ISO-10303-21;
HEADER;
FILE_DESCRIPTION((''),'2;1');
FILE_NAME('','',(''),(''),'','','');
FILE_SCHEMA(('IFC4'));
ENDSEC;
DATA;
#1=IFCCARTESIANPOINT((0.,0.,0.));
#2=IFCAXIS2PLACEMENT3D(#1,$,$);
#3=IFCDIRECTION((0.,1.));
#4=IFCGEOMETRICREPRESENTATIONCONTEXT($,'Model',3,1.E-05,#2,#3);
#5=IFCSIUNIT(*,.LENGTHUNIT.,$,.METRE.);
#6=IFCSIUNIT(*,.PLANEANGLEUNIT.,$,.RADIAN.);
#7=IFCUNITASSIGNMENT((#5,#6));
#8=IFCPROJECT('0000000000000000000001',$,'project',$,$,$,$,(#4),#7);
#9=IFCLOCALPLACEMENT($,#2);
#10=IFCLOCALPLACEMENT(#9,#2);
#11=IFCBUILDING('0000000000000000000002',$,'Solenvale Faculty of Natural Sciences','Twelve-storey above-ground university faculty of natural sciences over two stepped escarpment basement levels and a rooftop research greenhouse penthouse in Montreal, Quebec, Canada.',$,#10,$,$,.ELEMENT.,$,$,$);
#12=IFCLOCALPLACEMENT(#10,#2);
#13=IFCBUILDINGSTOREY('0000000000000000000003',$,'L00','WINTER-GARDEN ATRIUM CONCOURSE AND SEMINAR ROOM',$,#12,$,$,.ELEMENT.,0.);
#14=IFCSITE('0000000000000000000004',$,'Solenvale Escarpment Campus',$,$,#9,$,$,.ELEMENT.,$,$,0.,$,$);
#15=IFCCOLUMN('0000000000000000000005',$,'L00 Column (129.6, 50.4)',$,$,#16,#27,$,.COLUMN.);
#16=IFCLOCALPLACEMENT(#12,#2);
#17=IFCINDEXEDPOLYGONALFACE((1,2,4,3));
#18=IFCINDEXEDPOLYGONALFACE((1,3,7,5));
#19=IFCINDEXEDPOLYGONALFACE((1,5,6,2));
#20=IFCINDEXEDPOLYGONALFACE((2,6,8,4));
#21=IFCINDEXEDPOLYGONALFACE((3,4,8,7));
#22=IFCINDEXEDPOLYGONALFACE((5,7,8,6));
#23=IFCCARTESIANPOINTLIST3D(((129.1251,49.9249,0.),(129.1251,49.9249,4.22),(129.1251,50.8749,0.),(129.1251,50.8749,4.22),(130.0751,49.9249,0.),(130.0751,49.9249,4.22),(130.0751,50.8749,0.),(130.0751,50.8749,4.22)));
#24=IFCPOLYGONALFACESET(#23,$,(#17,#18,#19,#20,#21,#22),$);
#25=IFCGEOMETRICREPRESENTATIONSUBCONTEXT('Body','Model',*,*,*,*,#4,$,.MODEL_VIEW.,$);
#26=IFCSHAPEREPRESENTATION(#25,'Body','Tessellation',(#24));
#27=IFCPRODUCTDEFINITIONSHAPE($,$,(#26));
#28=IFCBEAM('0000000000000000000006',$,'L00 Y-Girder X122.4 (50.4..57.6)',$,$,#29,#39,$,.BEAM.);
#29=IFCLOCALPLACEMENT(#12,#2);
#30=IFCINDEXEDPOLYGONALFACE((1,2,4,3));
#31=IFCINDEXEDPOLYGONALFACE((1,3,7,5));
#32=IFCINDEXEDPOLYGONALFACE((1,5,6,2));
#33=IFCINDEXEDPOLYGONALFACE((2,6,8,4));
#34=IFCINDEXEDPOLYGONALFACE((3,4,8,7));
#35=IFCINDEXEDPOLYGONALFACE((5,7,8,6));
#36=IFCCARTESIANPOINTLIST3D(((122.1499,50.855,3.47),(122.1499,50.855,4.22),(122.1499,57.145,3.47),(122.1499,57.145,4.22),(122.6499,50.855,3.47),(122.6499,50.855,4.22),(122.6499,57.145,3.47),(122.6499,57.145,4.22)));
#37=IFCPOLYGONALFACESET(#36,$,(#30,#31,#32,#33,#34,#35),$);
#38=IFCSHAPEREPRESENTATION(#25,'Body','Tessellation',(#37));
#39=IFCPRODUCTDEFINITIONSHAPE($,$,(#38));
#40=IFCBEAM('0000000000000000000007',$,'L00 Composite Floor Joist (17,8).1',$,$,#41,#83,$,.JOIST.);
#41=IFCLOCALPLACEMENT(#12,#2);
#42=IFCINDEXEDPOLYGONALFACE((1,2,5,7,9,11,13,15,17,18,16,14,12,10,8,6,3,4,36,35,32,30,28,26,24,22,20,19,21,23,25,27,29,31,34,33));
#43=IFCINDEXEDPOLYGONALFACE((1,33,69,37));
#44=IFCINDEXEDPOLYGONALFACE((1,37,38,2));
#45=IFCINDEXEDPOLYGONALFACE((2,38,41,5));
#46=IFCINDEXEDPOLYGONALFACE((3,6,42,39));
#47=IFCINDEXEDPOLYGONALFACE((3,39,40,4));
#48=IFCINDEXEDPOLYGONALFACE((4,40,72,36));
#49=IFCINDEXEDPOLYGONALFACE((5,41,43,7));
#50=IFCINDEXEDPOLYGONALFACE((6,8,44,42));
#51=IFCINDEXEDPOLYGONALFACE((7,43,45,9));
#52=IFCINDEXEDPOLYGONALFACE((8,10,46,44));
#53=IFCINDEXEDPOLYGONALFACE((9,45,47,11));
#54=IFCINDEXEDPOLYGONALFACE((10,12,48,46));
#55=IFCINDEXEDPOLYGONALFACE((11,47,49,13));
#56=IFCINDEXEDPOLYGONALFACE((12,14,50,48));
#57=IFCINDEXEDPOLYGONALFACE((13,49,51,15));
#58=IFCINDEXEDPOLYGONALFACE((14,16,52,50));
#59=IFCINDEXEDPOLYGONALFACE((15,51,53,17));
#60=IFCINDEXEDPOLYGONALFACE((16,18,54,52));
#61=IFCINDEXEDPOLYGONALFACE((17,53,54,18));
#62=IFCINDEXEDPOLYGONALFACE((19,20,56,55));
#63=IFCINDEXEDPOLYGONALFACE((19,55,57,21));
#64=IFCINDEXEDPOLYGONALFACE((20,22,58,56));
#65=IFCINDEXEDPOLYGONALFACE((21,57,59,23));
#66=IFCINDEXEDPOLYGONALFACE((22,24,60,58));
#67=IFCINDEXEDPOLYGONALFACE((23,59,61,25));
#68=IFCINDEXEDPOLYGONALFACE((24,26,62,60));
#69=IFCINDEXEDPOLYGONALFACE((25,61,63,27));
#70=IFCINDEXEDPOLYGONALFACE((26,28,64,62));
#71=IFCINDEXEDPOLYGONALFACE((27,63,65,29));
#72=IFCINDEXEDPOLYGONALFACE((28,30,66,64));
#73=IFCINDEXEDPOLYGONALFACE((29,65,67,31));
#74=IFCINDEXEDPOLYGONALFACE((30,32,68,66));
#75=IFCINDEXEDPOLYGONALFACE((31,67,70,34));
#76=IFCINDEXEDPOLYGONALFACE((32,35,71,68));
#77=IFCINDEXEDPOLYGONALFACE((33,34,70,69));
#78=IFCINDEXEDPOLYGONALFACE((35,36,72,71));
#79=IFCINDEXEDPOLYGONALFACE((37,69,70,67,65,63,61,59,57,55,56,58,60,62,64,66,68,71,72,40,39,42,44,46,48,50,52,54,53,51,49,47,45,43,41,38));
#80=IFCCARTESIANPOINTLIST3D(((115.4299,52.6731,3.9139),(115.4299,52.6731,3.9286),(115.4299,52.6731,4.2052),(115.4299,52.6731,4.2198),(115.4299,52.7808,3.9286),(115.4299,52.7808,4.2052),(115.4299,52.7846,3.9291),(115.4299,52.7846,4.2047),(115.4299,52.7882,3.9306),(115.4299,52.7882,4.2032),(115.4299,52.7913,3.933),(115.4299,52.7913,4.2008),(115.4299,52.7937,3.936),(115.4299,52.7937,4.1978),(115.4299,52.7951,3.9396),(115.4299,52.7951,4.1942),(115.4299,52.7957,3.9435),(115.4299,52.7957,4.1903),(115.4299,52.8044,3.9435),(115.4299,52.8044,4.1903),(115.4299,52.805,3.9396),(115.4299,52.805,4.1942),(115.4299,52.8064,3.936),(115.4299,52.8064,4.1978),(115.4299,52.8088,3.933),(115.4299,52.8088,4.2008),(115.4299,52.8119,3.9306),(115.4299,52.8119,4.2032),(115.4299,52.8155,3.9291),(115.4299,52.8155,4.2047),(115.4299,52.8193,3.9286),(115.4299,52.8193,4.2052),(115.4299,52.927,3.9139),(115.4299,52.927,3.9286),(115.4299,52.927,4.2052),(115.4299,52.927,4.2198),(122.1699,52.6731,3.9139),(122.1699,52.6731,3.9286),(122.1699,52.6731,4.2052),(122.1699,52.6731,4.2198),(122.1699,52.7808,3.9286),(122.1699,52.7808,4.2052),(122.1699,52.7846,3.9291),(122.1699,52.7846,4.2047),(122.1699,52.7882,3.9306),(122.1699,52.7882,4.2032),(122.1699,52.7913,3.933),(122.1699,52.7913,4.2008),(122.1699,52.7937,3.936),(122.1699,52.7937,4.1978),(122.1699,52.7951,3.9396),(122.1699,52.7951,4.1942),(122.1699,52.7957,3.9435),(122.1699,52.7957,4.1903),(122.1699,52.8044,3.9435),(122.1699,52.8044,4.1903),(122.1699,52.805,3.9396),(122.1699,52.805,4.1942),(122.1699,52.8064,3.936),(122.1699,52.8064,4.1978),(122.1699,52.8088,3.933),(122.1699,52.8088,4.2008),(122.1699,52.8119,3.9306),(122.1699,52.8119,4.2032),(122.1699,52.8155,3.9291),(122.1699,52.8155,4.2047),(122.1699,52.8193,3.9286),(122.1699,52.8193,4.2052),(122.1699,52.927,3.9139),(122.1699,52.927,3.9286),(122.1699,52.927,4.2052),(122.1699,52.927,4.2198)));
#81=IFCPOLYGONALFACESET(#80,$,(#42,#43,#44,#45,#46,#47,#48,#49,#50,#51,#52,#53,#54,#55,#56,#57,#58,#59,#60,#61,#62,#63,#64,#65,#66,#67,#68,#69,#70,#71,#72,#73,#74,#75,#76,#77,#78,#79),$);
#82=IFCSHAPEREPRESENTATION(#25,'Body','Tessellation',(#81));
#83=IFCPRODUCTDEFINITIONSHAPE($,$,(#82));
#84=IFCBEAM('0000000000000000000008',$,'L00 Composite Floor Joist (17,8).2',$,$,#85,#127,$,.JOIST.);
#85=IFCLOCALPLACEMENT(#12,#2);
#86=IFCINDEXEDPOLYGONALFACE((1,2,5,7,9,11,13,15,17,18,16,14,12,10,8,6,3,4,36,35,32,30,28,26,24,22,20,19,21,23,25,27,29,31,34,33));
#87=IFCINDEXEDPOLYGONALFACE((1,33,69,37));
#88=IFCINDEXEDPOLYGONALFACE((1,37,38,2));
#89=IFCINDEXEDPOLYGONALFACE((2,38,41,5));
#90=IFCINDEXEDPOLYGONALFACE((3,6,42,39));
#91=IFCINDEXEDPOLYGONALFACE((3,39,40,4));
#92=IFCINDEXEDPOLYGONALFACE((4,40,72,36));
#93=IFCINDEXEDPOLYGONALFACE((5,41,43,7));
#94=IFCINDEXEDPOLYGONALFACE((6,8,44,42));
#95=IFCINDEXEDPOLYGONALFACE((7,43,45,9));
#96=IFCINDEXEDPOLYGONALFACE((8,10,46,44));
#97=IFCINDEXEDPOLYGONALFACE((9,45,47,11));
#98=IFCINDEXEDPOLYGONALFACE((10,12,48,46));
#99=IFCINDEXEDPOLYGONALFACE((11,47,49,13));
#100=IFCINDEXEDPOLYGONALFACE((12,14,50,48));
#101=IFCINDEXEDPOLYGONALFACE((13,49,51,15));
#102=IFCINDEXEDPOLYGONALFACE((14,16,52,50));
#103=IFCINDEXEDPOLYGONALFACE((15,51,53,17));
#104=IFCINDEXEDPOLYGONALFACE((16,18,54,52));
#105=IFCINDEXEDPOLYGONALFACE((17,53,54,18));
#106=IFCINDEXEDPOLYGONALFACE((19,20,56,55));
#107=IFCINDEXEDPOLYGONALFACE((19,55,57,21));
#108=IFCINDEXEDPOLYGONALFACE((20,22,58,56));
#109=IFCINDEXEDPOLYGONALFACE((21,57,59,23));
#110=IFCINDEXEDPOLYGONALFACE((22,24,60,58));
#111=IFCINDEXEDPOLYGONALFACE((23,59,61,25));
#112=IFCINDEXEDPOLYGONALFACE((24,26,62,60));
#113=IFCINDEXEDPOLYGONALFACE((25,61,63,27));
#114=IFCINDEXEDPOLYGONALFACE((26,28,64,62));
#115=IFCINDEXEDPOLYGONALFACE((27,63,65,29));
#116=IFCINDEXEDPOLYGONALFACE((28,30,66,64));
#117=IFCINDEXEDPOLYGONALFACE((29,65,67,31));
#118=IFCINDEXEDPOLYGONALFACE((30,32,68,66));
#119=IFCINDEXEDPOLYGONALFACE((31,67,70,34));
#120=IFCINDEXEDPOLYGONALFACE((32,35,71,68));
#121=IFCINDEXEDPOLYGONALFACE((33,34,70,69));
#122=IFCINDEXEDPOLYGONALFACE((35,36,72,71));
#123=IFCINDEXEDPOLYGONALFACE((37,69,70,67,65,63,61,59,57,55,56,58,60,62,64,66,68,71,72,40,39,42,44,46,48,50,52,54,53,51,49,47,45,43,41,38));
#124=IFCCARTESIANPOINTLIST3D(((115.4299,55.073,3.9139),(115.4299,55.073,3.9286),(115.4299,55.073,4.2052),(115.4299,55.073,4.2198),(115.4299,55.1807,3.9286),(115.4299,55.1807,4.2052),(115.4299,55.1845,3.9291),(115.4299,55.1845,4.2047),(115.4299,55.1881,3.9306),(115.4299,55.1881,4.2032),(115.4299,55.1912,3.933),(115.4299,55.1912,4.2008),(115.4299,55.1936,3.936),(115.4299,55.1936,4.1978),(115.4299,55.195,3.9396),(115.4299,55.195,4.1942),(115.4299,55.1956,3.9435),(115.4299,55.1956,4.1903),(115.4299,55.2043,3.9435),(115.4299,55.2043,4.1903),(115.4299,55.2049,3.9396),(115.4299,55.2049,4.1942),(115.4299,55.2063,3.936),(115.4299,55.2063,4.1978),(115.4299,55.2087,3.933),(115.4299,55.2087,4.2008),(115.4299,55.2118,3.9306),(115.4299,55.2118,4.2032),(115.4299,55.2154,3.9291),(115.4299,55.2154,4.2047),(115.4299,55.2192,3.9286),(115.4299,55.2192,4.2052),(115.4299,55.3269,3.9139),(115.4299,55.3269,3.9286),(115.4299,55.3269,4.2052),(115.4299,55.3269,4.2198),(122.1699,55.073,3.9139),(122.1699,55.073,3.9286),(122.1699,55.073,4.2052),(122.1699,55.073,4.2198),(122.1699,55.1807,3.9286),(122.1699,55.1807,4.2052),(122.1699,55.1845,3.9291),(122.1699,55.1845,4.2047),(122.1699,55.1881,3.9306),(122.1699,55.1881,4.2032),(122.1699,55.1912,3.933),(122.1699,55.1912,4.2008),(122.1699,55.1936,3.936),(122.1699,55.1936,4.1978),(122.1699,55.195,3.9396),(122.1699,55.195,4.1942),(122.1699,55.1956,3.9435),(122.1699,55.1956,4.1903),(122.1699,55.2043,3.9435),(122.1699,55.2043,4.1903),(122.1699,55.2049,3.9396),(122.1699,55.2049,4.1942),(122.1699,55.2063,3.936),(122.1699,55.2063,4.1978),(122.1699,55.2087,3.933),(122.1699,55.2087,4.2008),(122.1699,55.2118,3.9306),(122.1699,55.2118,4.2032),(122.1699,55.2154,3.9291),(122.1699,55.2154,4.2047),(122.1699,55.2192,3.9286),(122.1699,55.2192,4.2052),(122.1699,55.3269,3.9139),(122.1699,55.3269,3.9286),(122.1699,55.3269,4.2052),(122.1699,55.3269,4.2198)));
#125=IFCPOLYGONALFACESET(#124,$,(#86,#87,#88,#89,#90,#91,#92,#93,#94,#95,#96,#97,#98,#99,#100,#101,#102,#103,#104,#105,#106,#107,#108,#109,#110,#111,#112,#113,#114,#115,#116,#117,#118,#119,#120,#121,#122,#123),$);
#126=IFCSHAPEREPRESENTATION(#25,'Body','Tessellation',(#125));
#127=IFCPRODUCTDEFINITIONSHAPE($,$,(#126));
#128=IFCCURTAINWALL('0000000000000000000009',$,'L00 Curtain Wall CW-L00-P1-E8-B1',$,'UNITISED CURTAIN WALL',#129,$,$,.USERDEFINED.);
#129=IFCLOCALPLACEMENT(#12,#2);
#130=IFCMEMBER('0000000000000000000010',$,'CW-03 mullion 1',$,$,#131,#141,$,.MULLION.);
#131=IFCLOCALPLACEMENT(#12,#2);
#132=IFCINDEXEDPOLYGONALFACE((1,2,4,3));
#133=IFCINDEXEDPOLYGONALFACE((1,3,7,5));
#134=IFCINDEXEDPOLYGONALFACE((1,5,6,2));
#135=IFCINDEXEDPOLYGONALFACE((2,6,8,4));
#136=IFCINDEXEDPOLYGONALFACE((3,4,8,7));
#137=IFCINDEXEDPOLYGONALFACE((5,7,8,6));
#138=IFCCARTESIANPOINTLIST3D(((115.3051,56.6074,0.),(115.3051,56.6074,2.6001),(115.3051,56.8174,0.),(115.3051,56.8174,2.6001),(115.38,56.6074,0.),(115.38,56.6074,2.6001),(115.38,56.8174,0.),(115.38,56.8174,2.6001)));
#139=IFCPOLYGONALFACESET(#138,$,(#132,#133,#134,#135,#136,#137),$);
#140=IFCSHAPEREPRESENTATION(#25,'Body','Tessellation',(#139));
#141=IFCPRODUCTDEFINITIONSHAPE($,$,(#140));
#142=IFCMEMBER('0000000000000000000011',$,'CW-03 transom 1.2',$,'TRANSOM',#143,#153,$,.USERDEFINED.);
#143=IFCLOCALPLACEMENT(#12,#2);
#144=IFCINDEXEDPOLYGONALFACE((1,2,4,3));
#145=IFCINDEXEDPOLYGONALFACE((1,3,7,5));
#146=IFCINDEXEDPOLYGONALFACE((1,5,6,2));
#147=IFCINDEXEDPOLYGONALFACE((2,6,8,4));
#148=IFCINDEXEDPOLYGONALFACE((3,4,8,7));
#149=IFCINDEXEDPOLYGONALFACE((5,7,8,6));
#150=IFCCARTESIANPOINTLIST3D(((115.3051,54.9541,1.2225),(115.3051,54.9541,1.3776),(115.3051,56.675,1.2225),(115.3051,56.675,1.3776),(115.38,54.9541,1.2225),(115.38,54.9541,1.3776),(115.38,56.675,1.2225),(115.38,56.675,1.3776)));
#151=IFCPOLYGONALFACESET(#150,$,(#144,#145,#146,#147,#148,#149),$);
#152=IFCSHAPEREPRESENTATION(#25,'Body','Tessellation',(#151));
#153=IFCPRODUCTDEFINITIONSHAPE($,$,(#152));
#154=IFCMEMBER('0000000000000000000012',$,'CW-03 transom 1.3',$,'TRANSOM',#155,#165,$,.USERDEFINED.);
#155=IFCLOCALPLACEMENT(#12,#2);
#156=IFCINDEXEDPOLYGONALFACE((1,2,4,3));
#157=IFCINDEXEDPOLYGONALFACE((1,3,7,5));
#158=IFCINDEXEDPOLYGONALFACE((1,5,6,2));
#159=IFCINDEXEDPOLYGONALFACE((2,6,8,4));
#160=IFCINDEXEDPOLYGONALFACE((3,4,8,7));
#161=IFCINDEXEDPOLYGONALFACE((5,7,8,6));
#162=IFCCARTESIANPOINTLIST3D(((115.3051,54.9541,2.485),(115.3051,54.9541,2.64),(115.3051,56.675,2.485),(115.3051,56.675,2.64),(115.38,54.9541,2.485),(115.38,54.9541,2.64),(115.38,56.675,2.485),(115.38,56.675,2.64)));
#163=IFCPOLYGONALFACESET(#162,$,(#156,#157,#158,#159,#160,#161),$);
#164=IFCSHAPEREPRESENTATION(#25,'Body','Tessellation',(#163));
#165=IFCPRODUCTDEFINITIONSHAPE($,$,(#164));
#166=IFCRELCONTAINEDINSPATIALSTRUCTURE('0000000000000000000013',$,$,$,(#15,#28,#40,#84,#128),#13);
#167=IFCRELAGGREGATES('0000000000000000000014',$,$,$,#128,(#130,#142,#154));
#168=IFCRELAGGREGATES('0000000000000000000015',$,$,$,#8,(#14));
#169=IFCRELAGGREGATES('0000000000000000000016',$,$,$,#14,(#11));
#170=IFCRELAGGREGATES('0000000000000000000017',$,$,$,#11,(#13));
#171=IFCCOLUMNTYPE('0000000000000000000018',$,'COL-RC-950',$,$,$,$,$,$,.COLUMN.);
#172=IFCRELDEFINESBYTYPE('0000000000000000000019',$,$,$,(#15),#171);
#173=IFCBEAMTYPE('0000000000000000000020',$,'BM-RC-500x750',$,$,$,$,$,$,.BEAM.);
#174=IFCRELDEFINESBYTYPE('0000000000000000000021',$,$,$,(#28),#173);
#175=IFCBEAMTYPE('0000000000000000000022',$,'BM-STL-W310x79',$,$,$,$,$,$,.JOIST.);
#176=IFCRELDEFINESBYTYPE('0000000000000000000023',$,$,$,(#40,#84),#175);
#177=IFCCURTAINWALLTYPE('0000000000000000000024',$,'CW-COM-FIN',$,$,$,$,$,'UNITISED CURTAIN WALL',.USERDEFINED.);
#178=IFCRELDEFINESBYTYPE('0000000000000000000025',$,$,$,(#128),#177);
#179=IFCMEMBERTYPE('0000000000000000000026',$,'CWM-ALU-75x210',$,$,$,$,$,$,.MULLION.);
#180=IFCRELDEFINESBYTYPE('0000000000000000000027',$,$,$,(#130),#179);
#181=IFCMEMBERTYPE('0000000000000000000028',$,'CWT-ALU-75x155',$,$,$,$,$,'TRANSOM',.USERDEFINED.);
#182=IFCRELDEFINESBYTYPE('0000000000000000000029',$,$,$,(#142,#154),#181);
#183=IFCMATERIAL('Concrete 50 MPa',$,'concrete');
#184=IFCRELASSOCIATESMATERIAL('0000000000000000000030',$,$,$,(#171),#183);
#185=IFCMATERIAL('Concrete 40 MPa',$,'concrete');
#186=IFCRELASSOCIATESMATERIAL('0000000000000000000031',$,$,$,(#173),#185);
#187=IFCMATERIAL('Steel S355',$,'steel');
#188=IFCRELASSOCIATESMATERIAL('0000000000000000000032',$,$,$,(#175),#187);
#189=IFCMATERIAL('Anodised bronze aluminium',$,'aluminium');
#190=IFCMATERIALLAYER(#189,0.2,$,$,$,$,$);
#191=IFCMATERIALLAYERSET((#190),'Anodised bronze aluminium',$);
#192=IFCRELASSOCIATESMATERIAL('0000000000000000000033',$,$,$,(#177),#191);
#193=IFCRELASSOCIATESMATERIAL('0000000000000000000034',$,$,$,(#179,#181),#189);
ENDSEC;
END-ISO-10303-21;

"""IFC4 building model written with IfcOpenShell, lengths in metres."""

from ifc_helpers import new_model, si_unit, direction, frame, origin, origin_2d, place, context, subcontext, project, spatial, rectangle, i_section, extrude, material, layer, layer_set, material_profile, profile_set, type_object, element, aggregate, save


model = new_model("IFC4")

# Units and contexts
model_context = context("Model", 3, precision=1e-05, world=origin(), true_north=direction((0.0, 1.0)))
body_context = subcontext(model_context, "Body", "Model", "MODEL_VIEW")
ifc_project = project(units=[si_unit("LENGTHUNIT", "METRE"), si_unit("PLANEANGLEUNIT", "RADIAN")], contexts=[model_context])

# Site, building, storey
site_placement = place(None, origin())
site = spatial("IfcSite", under=ifc_project, at=site_placement, Name="Solenvale Escarpment Campus", CompositionType="ELEMENT", RefElevation=0.0)
building_placement = place(site_placement, origin())
building = spatial("IfcBuilding", under=site, at=building_placement, Name="Solenvale Faculty of Natural Sciences", Description="Twelve-storey above-ground university faculty of natural sciences over two stepped escarpment basement levels and a rooftop research greenhouse penthouse in Montreal, Quebec, Canada.", CompositionType="ELEMENT")
storey_placement = place(building_placement, origin())
storey = spatial("IfcBuildingStorey", under=building, at=storey_placement, Name="L00", Description="WINTER-GARDEN ATRIUM CONCOURSE AND SEMINAR ROOM", CompositionType="ELEMENT", Elevation=0.0)

# Column
ifc_material_1 = material(Name="Concrete 50 MPa", Category="concrete")
ifc_material_profile_1 = material_profile(ifc_material_1, rectangle(XDim=0.95, YDim=0.95, at=origin_2d()), Name="RC-COL-950x950")
ifc_profile_set_1 = profile_set([ifc_material_profile_1], Name="Concrete 50 MPa")
column_type = type_object("IfcColumnType", Name="COL-RC-950", PredefinedType="COLUMN", material=ifc_profile_set_1)
column_placement = place(storey_placement, frame((129.6001, 50.3999, 0.0), z_axis=(0.0, 0.0, 1.0), x_axis=(1.0, 0.0, 0.0)))
element("IfcColumn", 1, at=column_placement, inside=storey, type_object=column_type, Name="L00 Column (129.6, 50.4)", PredefinedType="COLUMN", context=body_context, shape_type="SweptSolid", body=[
    extrude(rectangle(XDim=0.95, YDim=0.95, at=origin_2d()), origin(), (0.0, 0.0, 1.0), 4.22),
])

# Beams
ifc_material_2 = material(Name="Concrete 40 MPa", Category="concrete")
ifc_material_profile_2 = material_profile(ifc_material_2, rectangle(XDim=0.5, YDim=0.75, at=origin_2d()), Name="RC-BM-500x750")
ifc_profile_set_2 = profile_set([ifc_material_profile_2], Name="Concrete 40 MPa")
beam_type_1 = type_object("IfcBeamType", Name="BM-RC-500x750", PredefinedType="BEAM", material=ifc_profile_set_2)
beam_placement = place(storey_placement, frame((122.3999, 50.855, 3.845), z_axis=(0.0, 1.0, 0.0), x_axis=(-1.0, 0.0, 0.0)))
element("IfcBeam", 2, at=beam_placement, inside=storey, type_object=beam_type_1, Name="L00 Y-Girder X122.4 (50.4..57.6)", PredefinedType="BEAM", context=body_context, shape_type="SweptSolid", body=[
    extrude(rectangle(XDim=0.5, YDim=0.75, at=origin_2d()), origin(), (0.0, 0.0, 1.0), 6.29),
])
ifc_material_3 = material(Name="Steel S355", Category="steel")
ifc_material_profile_3 = material_profile(ifc_material_3, i_section(OverallWidth=0.2539, OverallDepth=0.3059, WebThickness=0.0088, FlangeThickness=0.0146, FilletRadius=0.0149, at=origin_2d()), Name="W310x79")
ifc_profile_set_3 = profile_set([ifc_material_profile_3], Name="Steel S355")
beam_type_2 = type_object("IfcBeamType", Name="BM-STL-W310x79", PredefinedType="JOIST", material=ifc_profile_set_3)
for number, where, z_axis, x_axis, name in (
    (3, (115.4299, 52.8, 4.0669), (1.0, 0.0, 0.0), (0.0, 1.0, 0.0), "L00 Composite Floor Joist (17,8).1"),
    (4, (115.4299, 55.2, 4.0669), (1.0, 0.0, 0.0), (0.0, 1.0, 0.0), "L00 Composite Floor Joist (17,8).2"),
):
    element("IfcBeam", number, at=place(storey_placement, frame(where, z_axis=z_axis, x_axis=x_axis)), inside=storey, type_object=beam_type_2, Name=name, PredefinedType="JOIST", context=body_context, shape_type="SweptSolid", body=[
        extrude(i_section(OverallWidth=0.2539, OverallDepth=0.3059, WebThickness=0.0088, FlangeThickness=0.0146, FilletRadius=0.0149, at=origin_2d()), origin(), (0.0, 0.0, 1.0), 6.74),
    ])

# Curtain wall, members
ifc_material_4 = material(Name="Anodised bronze aluminium", Category="aluminium")
ifc_layer_1 = layer(ifc_material_4, 0.2)
ifc_layer_set_1 = layer_set([ifc_layer_1], Name="Anodised bronze aluminium")
curtain_wall_type = type_object("IfcCurtainWallType", Name="CW-COM-FIN", ElementType="UNITISED CURTAIN WALL", PredefinedType="USERDEFINED", material=ifc_layer_set_1)
curtain_wall_placement = place(storey_placement, origin())
curtain_wall = element("IfcCurtainWall", 5, at=curtain_wall_placement, inside=storey, type_object=curtain_wall_type, Name="L00 Curtain Wall CW-L00-P1-E8-B1", ObjectType="UNITISED CURTAIN WALL", PredefinedType="USERDEFINED")
ifc_material_profile_4 = material_profile(ifc_material_4, rectangle(XDim=0.075, YDim=0.21, at=origin_2d()), Name="ALU-MUL-75x210")
ifc_profile_set_4 = profile_set([ifc_material_profile_4], Name="Anodised bronze aluminium")
member_type_1 = type_object("IfcMemberType", Name="CWM-ALU-75x210", PredefinedType="MULLION", material=ifc_profile_set_4)
member_1_placement = place(storey_placement, frame((115.3425, 56.7124, 0.0), z_axis=(0.0, 0.0, 1.0), x_axis=(1.0, 0.0, 0.0)))
member_1 = element("IfcMember", 6, at=member_1_placement, type_object=member_type_1, Name="CW-03 mullion 1", PredefinedType="MULLION", context=body_context, shape_type="SweptSolid", body=[
    extrude(rectangle(XDim=0.075, YDim=0.21, at=origin_2d()), origin(), (0.0, 0.0, 1.0), 2.6001),
])
ifc_material_profile_5 = material_profile(ifc_material_4, rectangle(XDim=0.075, YDim=0.155, at=origin_2d()), Name="ALU-TRN-75x155")
ifc_profile_set_5 = profile_set([ifc_material_profile_5], Name="Anodised bronze aluminium")
member_type_2 = type_object("IfcMemberType", Name="CWT-ALU-75x155", ElementType="TRANSOM", PredefinedType="USERDEFINED", material=ifc_profile_set_5)
member_2_placement = place(storey_placement, frame((115.3425, 56.675, 1.3), z_axis=(0.0, -1.0, 0.0), x_axis=(1.0, 0.0, 0.0)))
member_2 = element("IfcMember", 7, at=member_2_placement, type_object=member_type_2, Name="CW-03 transom 1.2", ObjectType="TRANSOM", PredefinedType="USERDEFINED", context=body_context, shape_type="SweptSolid", body=[
    extrude(rectangle(XDim=0.075, YDim=0.155, at=origin_2d()), origin(), (0.0, 0.0, 1.0), 1.7209),
])
member_3_placement = place(storey_placement, frame((115.3425, 56.675, 2.5625), z_axis=(0.0, -1.0, 0.0), x_axis=(1.0, 0.0, 0.0)))
member_3 = element("IfcMember", 8, at=member_3_placement, type_object=member_type_2, Name="CW-03 transom 1.3", ObjectType="TRANSOM", PredefinedType="USERDEFINED", context=body_context, shape_type="SweptSolid", body=[
    extrude(rectangle(XDim=0.075, YDim=0.155, at=origin_2d()), origin(), (0.0, 0.0, 1.0), 1.7209),
])
aggregate(curtain_wall, [member_1, member_2, member_3])

save(model, "model.ifc")
